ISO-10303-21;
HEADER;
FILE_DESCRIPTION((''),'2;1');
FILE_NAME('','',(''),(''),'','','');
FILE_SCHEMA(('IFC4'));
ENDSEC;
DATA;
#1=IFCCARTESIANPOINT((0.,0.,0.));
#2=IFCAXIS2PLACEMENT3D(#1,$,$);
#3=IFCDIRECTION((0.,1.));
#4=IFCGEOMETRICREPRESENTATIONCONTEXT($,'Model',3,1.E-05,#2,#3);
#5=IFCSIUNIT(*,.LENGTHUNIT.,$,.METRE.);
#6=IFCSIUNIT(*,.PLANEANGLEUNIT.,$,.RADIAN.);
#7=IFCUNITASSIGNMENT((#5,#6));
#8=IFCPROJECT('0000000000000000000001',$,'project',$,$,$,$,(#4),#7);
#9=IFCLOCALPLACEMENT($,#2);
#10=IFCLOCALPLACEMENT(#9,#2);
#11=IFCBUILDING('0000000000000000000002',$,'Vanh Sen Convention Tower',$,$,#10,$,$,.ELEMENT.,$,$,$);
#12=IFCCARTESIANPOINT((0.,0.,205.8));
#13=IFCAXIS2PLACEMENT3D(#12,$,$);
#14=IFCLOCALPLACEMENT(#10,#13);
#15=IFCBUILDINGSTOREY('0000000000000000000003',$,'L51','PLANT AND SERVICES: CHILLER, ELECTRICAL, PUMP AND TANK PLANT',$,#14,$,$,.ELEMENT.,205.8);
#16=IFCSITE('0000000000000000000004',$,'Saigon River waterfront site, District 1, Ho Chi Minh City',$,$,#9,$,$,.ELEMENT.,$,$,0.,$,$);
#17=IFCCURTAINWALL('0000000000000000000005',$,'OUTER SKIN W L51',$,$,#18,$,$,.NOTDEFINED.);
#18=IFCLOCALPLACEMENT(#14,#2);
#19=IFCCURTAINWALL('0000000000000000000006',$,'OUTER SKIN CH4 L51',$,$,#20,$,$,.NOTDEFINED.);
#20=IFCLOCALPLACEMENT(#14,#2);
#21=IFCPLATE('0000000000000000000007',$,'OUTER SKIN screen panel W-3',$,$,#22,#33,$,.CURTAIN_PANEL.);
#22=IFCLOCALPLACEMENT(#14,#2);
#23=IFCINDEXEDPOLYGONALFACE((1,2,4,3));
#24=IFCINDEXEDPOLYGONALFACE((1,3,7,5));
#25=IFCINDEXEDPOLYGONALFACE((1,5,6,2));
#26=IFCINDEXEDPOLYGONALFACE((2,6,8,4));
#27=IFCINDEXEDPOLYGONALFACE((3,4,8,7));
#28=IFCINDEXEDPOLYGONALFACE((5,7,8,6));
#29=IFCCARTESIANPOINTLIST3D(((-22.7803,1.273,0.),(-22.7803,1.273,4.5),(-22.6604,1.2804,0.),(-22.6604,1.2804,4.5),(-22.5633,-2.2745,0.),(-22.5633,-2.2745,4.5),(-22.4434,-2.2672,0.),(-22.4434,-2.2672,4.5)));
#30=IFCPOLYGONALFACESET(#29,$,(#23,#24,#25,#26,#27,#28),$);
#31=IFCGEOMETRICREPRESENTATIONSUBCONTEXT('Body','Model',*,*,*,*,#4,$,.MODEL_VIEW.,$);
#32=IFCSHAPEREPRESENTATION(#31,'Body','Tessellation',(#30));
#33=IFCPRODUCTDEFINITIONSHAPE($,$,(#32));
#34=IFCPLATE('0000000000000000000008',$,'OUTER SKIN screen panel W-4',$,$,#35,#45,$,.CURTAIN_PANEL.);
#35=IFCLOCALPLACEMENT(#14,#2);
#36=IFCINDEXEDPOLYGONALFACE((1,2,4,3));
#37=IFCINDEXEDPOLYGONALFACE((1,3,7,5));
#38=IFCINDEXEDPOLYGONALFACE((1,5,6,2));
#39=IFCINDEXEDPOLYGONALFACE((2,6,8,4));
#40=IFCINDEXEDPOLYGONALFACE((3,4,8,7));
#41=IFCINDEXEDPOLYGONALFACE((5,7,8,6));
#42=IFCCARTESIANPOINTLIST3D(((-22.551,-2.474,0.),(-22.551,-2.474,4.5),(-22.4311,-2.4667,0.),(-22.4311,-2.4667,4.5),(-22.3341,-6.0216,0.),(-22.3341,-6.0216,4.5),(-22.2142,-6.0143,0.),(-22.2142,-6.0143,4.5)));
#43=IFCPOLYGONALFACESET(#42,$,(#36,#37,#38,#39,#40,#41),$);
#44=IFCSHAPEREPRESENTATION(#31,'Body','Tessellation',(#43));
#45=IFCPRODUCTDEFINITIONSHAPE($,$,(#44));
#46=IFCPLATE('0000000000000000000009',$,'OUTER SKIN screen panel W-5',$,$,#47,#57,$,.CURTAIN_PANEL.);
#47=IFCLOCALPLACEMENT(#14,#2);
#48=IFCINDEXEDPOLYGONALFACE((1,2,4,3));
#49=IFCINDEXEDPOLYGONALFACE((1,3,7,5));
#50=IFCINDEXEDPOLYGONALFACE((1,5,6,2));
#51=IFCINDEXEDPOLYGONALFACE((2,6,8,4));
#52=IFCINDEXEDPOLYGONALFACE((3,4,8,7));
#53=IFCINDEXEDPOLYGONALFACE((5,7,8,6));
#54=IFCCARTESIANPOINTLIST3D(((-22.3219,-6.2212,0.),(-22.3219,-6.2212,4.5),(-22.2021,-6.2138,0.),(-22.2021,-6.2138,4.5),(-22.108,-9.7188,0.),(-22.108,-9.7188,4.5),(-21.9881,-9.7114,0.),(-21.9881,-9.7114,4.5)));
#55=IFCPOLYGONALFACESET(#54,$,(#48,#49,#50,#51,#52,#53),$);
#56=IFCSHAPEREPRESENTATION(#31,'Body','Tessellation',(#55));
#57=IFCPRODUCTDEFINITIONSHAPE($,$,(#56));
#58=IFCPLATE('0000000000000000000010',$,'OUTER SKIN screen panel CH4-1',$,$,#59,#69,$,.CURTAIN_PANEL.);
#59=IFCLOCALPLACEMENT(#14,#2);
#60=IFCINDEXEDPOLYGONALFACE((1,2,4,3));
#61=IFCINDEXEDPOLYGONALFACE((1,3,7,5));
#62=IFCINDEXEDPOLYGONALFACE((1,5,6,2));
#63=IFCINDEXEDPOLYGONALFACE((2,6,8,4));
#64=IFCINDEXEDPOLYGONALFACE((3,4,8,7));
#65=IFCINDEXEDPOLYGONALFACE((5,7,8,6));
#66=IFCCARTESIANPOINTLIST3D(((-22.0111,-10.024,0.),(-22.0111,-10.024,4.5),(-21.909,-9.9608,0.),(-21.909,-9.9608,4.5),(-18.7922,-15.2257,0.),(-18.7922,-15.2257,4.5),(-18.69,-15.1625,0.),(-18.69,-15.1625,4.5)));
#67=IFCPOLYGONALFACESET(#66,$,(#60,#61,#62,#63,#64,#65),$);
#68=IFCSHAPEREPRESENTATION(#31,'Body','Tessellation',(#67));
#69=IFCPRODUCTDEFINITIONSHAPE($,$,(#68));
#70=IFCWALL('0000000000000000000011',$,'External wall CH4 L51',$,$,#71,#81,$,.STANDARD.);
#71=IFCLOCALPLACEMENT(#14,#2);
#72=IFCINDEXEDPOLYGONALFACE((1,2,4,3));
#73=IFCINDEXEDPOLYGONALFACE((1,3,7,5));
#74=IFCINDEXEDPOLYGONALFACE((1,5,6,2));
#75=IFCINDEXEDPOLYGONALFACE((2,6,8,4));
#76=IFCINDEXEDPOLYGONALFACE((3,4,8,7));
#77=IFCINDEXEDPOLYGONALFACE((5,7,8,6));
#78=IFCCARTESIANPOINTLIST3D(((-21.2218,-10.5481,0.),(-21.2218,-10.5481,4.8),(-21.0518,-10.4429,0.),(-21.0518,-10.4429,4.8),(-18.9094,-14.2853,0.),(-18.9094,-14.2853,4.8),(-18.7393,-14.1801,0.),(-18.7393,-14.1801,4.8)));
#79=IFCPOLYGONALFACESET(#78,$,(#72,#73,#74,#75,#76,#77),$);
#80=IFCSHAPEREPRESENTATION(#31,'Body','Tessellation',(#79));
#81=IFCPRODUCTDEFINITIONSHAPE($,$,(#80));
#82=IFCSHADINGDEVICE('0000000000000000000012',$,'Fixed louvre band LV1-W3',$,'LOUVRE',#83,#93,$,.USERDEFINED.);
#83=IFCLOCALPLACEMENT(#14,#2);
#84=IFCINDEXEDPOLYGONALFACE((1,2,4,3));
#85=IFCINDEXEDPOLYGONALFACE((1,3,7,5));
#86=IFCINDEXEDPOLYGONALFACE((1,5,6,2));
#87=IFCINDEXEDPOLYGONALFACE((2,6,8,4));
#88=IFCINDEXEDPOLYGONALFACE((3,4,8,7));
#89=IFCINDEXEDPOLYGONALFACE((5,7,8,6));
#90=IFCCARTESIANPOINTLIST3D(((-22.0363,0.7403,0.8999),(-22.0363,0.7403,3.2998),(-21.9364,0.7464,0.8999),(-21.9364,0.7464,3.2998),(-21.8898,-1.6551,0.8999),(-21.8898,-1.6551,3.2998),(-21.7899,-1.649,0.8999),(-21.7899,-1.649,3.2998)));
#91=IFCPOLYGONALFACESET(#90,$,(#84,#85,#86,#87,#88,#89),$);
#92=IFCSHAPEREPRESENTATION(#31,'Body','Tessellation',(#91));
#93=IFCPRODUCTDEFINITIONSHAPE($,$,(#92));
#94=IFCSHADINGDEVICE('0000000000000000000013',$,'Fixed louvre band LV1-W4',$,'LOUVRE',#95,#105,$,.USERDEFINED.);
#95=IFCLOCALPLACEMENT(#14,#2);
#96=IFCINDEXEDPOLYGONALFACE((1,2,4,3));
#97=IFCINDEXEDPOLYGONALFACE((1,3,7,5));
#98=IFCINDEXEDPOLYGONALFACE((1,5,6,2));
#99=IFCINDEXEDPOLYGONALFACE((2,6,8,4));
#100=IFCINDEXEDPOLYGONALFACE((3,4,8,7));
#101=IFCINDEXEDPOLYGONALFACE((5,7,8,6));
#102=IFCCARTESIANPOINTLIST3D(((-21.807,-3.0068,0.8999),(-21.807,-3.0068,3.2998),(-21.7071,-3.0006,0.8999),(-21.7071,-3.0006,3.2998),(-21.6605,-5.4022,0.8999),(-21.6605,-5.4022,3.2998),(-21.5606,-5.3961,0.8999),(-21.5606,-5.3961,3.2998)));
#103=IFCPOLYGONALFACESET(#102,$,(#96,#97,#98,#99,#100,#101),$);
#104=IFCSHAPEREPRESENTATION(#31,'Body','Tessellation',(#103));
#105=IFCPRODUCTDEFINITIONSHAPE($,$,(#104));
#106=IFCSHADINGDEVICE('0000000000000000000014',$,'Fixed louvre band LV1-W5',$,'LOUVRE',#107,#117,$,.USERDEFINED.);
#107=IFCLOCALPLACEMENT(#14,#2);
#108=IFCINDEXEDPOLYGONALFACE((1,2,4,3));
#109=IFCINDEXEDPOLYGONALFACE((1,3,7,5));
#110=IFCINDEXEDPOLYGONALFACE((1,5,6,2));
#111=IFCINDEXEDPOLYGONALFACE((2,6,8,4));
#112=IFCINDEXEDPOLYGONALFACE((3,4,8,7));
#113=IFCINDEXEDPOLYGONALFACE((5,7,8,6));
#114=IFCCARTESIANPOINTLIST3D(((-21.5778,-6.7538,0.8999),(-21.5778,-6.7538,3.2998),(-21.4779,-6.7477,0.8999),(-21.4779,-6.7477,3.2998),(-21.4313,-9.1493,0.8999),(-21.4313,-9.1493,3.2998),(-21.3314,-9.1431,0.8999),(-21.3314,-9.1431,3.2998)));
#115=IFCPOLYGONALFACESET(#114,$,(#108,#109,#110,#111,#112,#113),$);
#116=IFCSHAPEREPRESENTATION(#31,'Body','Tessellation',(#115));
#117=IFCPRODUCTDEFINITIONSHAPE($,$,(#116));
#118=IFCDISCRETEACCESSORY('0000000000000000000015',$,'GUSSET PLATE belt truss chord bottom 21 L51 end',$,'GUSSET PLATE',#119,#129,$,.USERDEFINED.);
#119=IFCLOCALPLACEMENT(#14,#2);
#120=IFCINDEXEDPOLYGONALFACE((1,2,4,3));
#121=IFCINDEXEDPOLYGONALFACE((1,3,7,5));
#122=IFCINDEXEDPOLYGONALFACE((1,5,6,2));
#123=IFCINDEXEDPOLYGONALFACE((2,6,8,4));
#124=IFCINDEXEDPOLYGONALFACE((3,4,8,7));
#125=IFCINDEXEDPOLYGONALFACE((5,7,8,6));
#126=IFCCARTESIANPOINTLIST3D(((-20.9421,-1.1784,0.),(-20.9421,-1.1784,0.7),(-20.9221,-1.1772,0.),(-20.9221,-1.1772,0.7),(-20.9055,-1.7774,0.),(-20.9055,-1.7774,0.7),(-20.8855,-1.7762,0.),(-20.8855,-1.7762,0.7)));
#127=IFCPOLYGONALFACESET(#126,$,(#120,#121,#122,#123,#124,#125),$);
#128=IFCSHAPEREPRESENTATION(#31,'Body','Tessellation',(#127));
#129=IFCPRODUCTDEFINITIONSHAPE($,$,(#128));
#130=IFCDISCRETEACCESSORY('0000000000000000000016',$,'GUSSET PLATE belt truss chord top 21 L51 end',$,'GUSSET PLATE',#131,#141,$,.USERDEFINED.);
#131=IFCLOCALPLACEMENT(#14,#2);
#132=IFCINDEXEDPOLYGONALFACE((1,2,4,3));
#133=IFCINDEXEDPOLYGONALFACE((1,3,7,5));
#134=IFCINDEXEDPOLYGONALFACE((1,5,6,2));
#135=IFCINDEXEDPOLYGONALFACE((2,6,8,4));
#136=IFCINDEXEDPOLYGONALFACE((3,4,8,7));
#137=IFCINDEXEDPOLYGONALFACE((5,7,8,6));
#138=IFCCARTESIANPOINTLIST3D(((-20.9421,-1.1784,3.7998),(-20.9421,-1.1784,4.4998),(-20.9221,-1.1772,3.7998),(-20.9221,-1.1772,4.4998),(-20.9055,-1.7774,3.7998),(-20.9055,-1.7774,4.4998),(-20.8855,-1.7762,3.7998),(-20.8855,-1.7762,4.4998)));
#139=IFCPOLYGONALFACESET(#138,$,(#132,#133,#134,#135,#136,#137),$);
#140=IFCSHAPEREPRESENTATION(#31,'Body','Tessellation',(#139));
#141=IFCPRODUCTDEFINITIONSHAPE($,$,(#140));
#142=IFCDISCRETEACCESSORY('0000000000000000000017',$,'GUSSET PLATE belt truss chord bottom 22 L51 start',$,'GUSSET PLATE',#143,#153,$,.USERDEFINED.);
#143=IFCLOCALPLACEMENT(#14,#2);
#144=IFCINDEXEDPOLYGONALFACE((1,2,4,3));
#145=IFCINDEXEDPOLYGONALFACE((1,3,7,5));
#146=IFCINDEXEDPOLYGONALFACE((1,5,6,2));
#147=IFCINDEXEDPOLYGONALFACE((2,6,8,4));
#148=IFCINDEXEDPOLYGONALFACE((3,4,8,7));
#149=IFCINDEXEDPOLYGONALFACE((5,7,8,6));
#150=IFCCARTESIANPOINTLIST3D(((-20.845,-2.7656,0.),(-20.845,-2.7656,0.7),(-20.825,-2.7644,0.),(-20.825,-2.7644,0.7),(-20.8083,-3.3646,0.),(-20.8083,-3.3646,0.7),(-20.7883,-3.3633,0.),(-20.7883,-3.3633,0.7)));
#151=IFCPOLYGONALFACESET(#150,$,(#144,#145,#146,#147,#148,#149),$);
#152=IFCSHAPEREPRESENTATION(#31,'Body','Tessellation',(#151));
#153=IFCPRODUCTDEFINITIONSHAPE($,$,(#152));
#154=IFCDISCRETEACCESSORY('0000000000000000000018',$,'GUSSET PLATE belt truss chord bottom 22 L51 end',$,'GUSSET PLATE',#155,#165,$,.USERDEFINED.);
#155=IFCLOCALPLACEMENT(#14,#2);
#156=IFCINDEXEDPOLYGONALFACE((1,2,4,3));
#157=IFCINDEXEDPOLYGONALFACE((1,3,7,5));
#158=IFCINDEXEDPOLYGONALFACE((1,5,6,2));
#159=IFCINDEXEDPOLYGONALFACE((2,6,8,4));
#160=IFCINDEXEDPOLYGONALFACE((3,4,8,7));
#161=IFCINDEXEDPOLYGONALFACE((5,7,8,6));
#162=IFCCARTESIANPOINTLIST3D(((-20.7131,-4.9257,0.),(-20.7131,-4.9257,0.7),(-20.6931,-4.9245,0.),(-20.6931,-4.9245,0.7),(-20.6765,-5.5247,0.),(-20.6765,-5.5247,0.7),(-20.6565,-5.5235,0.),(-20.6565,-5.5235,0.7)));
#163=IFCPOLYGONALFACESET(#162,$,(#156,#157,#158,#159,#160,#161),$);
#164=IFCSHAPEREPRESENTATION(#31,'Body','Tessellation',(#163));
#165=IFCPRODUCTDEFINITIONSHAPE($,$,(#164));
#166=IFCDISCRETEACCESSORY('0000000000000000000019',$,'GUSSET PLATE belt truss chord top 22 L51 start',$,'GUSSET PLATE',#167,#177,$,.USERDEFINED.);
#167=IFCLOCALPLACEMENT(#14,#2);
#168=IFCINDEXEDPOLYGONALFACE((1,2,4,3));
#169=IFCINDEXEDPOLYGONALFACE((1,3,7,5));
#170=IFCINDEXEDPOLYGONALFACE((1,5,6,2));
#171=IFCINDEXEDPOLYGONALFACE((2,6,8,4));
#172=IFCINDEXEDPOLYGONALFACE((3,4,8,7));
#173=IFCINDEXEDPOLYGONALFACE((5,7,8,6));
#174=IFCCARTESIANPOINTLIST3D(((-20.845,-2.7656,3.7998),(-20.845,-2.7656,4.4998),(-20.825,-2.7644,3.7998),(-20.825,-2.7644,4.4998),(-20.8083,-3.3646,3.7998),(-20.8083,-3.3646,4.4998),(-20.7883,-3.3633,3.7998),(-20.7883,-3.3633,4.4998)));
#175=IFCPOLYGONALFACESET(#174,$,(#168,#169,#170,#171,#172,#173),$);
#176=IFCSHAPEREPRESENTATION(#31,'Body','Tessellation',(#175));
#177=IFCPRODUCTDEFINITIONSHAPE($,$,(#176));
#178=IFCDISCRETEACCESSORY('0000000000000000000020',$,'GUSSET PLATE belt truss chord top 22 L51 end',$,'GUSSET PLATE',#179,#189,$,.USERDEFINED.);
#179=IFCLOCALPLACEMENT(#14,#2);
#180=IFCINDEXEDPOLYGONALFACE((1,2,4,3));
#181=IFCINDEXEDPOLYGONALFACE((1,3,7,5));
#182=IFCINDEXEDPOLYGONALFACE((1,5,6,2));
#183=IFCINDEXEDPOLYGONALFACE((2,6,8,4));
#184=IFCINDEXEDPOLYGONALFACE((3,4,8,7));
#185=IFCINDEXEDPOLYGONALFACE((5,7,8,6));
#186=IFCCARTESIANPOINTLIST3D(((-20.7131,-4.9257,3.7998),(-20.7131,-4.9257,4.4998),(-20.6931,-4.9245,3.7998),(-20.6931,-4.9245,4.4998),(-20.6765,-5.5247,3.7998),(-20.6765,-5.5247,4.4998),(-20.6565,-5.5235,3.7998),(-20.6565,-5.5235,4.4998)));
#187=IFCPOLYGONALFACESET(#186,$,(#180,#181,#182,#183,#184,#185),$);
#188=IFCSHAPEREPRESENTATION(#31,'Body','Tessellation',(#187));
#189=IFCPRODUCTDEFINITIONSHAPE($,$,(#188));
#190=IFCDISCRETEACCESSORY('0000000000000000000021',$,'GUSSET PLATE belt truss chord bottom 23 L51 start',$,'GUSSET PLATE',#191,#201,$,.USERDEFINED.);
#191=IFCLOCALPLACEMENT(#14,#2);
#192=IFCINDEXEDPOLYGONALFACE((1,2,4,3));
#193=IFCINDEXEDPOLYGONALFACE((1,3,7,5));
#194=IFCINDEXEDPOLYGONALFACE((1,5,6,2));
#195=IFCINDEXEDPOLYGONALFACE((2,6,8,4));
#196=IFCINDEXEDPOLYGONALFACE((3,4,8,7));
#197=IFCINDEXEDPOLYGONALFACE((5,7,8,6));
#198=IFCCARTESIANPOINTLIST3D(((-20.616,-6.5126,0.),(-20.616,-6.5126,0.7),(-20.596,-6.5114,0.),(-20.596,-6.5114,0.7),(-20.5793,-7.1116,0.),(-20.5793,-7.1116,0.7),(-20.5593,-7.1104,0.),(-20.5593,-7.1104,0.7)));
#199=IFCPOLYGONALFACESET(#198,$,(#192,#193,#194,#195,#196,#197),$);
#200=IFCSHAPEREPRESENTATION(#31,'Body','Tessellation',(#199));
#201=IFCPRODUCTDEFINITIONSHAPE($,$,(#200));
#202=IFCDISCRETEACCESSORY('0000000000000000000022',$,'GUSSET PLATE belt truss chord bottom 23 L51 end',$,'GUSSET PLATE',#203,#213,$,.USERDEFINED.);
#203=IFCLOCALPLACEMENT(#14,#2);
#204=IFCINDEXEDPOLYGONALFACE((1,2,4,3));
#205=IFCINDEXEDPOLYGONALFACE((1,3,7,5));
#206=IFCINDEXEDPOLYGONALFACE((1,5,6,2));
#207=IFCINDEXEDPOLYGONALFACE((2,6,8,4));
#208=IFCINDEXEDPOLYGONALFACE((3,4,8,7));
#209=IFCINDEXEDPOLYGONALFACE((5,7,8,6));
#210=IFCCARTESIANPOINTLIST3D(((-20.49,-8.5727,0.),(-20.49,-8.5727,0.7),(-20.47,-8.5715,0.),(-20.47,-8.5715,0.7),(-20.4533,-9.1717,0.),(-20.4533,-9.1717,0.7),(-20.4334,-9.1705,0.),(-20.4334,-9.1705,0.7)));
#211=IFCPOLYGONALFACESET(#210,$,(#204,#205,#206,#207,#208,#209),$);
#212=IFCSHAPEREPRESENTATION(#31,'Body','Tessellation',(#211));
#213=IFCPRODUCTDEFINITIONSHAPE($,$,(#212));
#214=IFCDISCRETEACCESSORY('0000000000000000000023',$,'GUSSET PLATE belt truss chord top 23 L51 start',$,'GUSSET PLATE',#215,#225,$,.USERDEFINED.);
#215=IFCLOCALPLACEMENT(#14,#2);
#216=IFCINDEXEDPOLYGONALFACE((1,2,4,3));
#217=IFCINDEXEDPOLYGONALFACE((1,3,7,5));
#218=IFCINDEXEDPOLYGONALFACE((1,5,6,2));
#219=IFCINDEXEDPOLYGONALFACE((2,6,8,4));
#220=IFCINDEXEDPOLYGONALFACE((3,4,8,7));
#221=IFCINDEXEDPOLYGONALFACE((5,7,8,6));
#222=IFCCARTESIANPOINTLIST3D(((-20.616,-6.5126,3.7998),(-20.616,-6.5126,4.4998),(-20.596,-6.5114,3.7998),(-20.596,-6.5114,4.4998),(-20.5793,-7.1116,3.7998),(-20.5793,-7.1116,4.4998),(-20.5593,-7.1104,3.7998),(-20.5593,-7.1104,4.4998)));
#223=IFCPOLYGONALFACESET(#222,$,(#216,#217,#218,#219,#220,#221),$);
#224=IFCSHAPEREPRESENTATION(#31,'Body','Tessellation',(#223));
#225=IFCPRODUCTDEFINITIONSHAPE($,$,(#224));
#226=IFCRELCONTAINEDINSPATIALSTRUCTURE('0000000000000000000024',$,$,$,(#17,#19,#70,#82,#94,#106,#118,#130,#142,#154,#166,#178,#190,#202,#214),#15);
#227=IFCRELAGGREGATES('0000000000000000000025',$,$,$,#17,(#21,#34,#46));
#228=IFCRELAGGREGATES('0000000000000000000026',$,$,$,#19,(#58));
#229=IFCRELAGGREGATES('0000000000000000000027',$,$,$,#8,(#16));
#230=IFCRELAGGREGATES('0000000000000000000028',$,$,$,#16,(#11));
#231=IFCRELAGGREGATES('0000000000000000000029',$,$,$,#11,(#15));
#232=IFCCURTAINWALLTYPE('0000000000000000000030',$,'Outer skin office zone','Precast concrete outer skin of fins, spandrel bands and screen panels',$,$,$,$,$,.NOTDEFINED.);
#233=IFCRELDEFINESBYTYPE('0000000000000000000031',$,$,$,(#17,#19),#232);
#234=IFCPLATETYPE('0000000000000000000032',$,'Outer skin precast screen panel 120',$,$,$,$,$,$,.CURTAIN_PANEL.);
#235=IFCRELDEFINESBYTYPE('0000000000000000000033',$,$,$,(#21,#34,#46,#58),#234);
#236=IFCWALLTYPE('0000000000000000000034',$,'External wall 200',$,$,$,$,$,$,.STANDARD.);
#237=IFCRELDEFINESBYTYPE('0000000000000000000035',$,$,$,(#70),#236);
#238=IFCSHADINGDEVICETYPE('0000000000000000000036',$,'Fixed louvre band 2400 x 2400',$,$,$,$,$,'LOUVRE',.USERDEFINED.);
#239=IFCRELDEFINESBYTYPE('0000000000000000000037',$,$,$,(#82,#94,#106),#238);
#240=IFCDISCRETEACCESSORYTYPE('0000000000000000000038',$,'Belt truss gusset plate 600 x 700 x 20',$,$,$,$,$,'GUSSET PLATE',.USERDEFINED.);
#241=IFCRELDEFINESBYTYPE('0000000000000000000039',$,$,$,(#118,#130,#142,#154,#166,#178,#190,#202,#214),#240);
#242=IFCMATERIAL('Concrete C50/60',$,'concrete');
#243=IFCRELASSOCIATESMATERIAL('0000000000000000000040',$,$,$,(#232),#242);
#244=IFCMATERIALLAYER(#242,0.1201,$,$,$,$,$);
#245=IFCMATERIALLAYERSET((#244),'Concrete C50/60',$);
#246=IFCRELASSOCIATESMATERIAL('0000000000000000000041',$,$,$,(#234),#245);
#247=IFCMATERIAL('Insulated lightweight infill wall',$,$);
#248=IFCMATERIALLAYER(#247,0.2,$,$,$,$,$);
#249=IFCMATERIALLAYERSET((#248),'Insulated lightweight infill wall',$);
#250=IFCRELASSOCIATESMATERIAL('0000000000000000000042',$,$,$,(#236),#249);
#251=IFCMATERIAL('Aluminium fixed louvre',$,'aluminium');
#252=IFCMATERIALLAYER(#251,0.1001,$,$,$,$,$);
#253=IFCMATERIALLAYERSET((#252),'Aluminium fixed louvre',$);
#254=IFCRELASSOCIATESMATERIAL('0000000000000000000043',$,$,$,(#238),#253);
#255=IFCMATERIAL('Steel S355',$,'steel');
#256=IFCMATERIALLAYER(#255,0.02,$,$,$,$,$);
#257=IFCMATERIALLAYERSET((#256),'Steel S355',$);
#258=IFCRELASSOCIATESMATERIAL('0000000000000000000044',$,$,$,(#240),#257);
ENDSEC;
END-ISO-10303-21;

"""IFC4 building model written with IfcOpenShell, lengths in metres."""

from ifc_helpers import new_model, si_unit, direction, frame, frame_2d, origin, origin_2d, place, context, subcontext, project, spatial, rectangle, extrude, material, layer, layer_set, type_object, element, aggregate, save


model = new_model("IFC4")

# Units and contexts
model_context = context("Model", 3, precision=1e-05, world=origin(), true_north=direction((0.0, 1.0)))
body_context = subcontext(model_context, "Body", "Model", "MODEL_VIEW")
ifc_project = project(units=[si_unit("LENGTHUNIT", "METRE"), si_unit("PLANEANGLEUNIT", "RADIAN")], contexts=[model_context])

# Site, building, storey
site_placement = place(None, origin())
site = spatial("IfcSite", under=ifc_project, at=site_placement, Name="Saigon River waterfront site, District 1, Ho Chi Minh City", CompositionType="ELEMENT", RefElevation=0.0)
building_placement = place(site_placement, origin())
building = spatial("IfcBuilding", under=site, at=building_placement, Name="Vanh Sen Convention Tower", CompositionType="ELEMENT")
storey_placement = place(building_placement, frame((0.0, 0.0, 205.8)))
storey = spatial("IfcBuildingStorey", under=building, at=storey_placement, Name="L51", Description="PLANT AND SERVICES: CHILLER, ELECTRICAL, PUMP AND TANK PLANT", CompositionType="ELEMENT", Elevation=205.8)

# Shared definitions
ifc_material_1 = material(Name="Steel S355", Category="steel")

# Curtain wall
ifc_material_2 = material(Name="Concrete C50/60", Category="concrete")
curtain_wall_type = type_object("IfcCurtainWallType", Name="Outer skin office zone", Description="Precast concrete outer skin of fins, spandrel bands and screen panels", PredefinedType="NOTDEFINED", material=ifc_material_2)
curtain_wall_1_placement = place(storey_placement, origin())
curtain_wall_1 = element("IfcCurtainWall", 1, at=curtain_wall_1_placement, inside=storey, type_object=curtain_wall_type, Name="OUTER SKIN W L51", PredefinedType="NOTDEFINED")

# Curtain wall
curtain_wall_2_placement = place(storey_placement, origin())
curtain_wall_2 = element("IfcCurtainWall", 2, at=curtain_wall_2_placement, inside=storey, type_object=curtain_wall_type, Name="OUTER SKIN CH4 L51", PredefinedType="NOTDEFINED")

# Plates
ifc_layer_1 = layer(ifc_material_2, 0.1201)
ifc_layer_set_1 = layer_set([ifc_layer_1], Name="Concrete C50/60")
plate_type = type_object("IfcPlateType", Name="Outer skin precast screen panel 120", PredefinedType="CURTAIN_PANEL", material=ifc_layer_set_1)
plate_1_placement = place(storey_placement, frame((-22.6118, -0.4971, 0.0), z_axis=(0.0, 0.0, 1.0), x_axis=(0.061054, -0.998134, 0.0)))
plate_1 = element("IfcPlate", 3, at=plate_1_placement, type_object=plate_type, Name="OUTER SKIN screen panel W-3", PredefinedType="CURTAIN_PANEL", context=body_context, shape_type="SweptSolid", body=[
    extrude(rectangle(XDim=3.5542, YDim=0.1201, at=origin_2d()), origin(), (0.0, 0.0, 1.0), 4.5),
])
plate_2_placement = place(storey_placement, frame((-22.3826, -4.2441, 0.0), z_axis=(0.0, 0.0, 1.0), x_axis=(0.061026, -0.998136, 0.0)))
plate_2 = element("IfcPlate", 4, at=plate_2_placement, type_object=plate_type, Name="OUTER SKIN screen panel W-4", PredefinedType="CURTAIN_PANEL", context=body_context, shape_type="SweptSolid", body=[
    extrude(rectangle(XDim=3.5542, YDim=0.1201, at=origin_2d()), origin(), (0.0, 0.0, 1.0), 4.5),
])
plate_3_placement = place(storey_placement, frame((-22.155, -7.9663, 0.0), z_axis=(0.0, 0.0, 1.0), x_axis=(0.061054, -0.998134, 0.0)))
plate_3 = element("IfcPlate", 5, at=plate_3_placement, type_object=plate_type, Name="OUTER SKIN screen panel W-5", PredefinedType="CURTAIN_PANEL", context=body_context, shape_type="SweptSolid", body=[
    extrude(rectangle(XDim=3.5042, YDim=0.1201, at=origin_2d()), origin(), (0.0, 0.0, 1.0), 4.5),
])
aggregate(curtain_wall_1, [plate_1, plate_2, plate_3])
plate_4_placement = place(storey_placement, frame((-20.3506, -12.5933, 0.0), z_axis=(0.0, 0.0, 1.0), x_axis=(0.526218, -0.850349, 0.0)))
plate_4 = element("IfcPlate", 6, at=plate_4_placement, type_object=plate_type, Name="OUTER SKIN screen panel CH4-1", PredefinedType="CURTAIN_PANEL", context=body_context, shape_type="SweptSolid", body=[
    extrude(rectangle(XDim=6.1172, YDim=0.1201, at=origin_2d()), origin(), (0.0, 0.0, 1.0), 4.5),
])
aggregate(curtain_wall_2, [plate_4])

# Wall
ifc_material_3 = material(Name="Insulated lightweight infill wall")
ifc_layer_2 = layer(ifc_material_3, 0.2)
ifc_layer_set_2 = layer_set([ifc_layer_2], Name="Insulated lightweight infill wall")
wall_type = type_object("IfcWallType", Name="External wall 200", PredefinedType="STANDARD", material=ifc_layer_set_2)
wall_placement = place(storey_placement, frame((-21.1367, -10.4956, 0.0), z_axis=(0.0, 0.0, 1.0), x_axis=(0.526179, -0.850374, 0.0)))
element("IfcWall", 7, at=wall_placement, inside=storey, type_object=wall_type, Name="External wall CH4 L51", PredefinedType="STANDARD", context=body_context, shape_type="SweptSolid", body=[
    extrude(rectangle(XDim=4.3948, YDim=0.2, at=frame_2d((2.1973, 0.0))), origin(), (0.0, 0.0, 1.0), 4.8),
])

# Shading devices
ifc_material_4 = material(Name="Aluminium fixed louvre", Category="aluminium")
ifc_layer_3 = layer(ifc_material_4, 0.1001)
ifc_layer_set_3 = layer_set([ifc_layer_3], Name="Aluminium fixed louvre")
shading_device_type = type_object("IfcShadingDeviceType", Name="Fixed louvre band 2400 x 2400", ElementType="LOUVRE", PredefinedType="USERDEFINED", material=ifc_layer_set_3)
for number, where, z_axis, x_axis, name in (
    (8, (-21.9131, -0.4543, 0.8999), (0.0, 0.0, 1.0), (0.061045, -0.998135, 0.0), "Fixed louvre band LV1-W3"),
    (9, (-21.6838, -4.2014, 0.8999), (0.0, 0.0, 1.0), (0.061045, -0.998135, 0.0), "Fixed louvre band LV1-W4"),
    (10, (-21.4546, -7.9485, 0.8999), (0.0, 0.0, 1.0), (0.061045, -0.998135, 0.0), "Fixed louvre band LV1-W5"),
):
    element("IfcShadingDevice", number, at=place(storey_placement, frame(where, z_axis=z_axis, x_axis=x_axis)), inside=storey, type_object=shading_device_type, Name=name, ObjectType="LOUVRE", PredefinedType="USERDEFINED", context=body_context, shape_type="SweptSolid", body=[
        extrude(rectangle(XDim=2.3999, YDim=0.1001, at=origin_2d()), origin(), (0.0, 0.0, 1.0), 2.3999),
    ])

# Discrete accessories
ifc_layer_4 = layer(ifc_material_1, 0.02)
ifc_layer_set_4 = layer_set([ifc_layer_4], Name="Steel S355")
discrete_accessory_type_1 = type_object("IfcDiscreteAccessoryType", Name="Belt truss gusset plate 600 x 700 x 20", ElementType="GUSSET PLATE", PredefinedType="USERDEFINED", material=ifc_layer_set_4)
for number, where, z_axis, x_axis, name in (
    (11, (-20.9138, -1.4773, 0.0), (0.0, 0.0, 1.0), (-0.061054, 0.998134, 0.0), "GUSSET PLATE belt truss chord bottom 21 L51 end"),
    (12, (-20.9138, -1.4773, 3.7998), (0.0, 0.0, 1.0), (-0.061054, 0.998134, 0.0), "GUSSET PLATE belt truss chord top 21 L51 end"),
    (13, (-20.8167, -3.0645, 0.0), (0.0, 0.0, 1.0), (0.061026, -0.998136, 0.0), "GUSSET PLATE belt truss chord bottom 22 L51 start"),
    (14, (-20.6848, -5.2246, 0.0), (0.0, 0.0, 1.0), (-0.061026, 0.998136, 0.0), "GUSSET PLATE belt truss chord bottom 22 L51 end"),
    (15, (-20.8167, -3.0645, 3.7998), (0.0, 0.0, 1.0), (0.061026, -0.998136, 0.0), "GUSSET PLATE belt truss chord top 22 L51 start"),
    (16, (-20.6848, -5.2246, 3.7998), (0.0, 0.0, 1.0), (-0.061026, 0.998136, 0.0), "GUSSET PLATE belt truss chord top 22 L51 end"),
    (17, (-20.5876, -6.8115, 0.0), (0.0, 0.0, 1.0), (0.061054, -0.998134, 0.0), "GUSSET PLATE belt truss chord bottom 23 L51 start"),
    (18, (-20.4617, -8.8716, 0.0), (0.0, 0.0, 1.0), (-0.061054, 0.998134, 0.0), "GUSSET PLATE belt truss chord bottom 23 L51 end"),
    (19, (-20.5876, -6.8115, 3.7998), (0.0, 0.0, 1.0), (0.061054, -0.998134, 0.0), "GUSSET PLATE belt truss chord top 23 L51 start"),
):
    element("IfcDiscreteAccessory", number, at=place(storey_placement, frame(where, z_axis=z_axis, x_axis=x_axis)), inside=storey, type_object=discrete_accessory_type_1, Name=name, ObjectType="GUSSET PLATE", PredefinedType="USERDEFINED", context=body_context, shape_type="SweptSolid", body=[
        extrude(rectangle(XDim=0.6001, YDim=0.02, at=origin_2d()), origin(), (0.0, 0.0, 1.0), 0.7),
    ])

save(model, "model.ifc")
